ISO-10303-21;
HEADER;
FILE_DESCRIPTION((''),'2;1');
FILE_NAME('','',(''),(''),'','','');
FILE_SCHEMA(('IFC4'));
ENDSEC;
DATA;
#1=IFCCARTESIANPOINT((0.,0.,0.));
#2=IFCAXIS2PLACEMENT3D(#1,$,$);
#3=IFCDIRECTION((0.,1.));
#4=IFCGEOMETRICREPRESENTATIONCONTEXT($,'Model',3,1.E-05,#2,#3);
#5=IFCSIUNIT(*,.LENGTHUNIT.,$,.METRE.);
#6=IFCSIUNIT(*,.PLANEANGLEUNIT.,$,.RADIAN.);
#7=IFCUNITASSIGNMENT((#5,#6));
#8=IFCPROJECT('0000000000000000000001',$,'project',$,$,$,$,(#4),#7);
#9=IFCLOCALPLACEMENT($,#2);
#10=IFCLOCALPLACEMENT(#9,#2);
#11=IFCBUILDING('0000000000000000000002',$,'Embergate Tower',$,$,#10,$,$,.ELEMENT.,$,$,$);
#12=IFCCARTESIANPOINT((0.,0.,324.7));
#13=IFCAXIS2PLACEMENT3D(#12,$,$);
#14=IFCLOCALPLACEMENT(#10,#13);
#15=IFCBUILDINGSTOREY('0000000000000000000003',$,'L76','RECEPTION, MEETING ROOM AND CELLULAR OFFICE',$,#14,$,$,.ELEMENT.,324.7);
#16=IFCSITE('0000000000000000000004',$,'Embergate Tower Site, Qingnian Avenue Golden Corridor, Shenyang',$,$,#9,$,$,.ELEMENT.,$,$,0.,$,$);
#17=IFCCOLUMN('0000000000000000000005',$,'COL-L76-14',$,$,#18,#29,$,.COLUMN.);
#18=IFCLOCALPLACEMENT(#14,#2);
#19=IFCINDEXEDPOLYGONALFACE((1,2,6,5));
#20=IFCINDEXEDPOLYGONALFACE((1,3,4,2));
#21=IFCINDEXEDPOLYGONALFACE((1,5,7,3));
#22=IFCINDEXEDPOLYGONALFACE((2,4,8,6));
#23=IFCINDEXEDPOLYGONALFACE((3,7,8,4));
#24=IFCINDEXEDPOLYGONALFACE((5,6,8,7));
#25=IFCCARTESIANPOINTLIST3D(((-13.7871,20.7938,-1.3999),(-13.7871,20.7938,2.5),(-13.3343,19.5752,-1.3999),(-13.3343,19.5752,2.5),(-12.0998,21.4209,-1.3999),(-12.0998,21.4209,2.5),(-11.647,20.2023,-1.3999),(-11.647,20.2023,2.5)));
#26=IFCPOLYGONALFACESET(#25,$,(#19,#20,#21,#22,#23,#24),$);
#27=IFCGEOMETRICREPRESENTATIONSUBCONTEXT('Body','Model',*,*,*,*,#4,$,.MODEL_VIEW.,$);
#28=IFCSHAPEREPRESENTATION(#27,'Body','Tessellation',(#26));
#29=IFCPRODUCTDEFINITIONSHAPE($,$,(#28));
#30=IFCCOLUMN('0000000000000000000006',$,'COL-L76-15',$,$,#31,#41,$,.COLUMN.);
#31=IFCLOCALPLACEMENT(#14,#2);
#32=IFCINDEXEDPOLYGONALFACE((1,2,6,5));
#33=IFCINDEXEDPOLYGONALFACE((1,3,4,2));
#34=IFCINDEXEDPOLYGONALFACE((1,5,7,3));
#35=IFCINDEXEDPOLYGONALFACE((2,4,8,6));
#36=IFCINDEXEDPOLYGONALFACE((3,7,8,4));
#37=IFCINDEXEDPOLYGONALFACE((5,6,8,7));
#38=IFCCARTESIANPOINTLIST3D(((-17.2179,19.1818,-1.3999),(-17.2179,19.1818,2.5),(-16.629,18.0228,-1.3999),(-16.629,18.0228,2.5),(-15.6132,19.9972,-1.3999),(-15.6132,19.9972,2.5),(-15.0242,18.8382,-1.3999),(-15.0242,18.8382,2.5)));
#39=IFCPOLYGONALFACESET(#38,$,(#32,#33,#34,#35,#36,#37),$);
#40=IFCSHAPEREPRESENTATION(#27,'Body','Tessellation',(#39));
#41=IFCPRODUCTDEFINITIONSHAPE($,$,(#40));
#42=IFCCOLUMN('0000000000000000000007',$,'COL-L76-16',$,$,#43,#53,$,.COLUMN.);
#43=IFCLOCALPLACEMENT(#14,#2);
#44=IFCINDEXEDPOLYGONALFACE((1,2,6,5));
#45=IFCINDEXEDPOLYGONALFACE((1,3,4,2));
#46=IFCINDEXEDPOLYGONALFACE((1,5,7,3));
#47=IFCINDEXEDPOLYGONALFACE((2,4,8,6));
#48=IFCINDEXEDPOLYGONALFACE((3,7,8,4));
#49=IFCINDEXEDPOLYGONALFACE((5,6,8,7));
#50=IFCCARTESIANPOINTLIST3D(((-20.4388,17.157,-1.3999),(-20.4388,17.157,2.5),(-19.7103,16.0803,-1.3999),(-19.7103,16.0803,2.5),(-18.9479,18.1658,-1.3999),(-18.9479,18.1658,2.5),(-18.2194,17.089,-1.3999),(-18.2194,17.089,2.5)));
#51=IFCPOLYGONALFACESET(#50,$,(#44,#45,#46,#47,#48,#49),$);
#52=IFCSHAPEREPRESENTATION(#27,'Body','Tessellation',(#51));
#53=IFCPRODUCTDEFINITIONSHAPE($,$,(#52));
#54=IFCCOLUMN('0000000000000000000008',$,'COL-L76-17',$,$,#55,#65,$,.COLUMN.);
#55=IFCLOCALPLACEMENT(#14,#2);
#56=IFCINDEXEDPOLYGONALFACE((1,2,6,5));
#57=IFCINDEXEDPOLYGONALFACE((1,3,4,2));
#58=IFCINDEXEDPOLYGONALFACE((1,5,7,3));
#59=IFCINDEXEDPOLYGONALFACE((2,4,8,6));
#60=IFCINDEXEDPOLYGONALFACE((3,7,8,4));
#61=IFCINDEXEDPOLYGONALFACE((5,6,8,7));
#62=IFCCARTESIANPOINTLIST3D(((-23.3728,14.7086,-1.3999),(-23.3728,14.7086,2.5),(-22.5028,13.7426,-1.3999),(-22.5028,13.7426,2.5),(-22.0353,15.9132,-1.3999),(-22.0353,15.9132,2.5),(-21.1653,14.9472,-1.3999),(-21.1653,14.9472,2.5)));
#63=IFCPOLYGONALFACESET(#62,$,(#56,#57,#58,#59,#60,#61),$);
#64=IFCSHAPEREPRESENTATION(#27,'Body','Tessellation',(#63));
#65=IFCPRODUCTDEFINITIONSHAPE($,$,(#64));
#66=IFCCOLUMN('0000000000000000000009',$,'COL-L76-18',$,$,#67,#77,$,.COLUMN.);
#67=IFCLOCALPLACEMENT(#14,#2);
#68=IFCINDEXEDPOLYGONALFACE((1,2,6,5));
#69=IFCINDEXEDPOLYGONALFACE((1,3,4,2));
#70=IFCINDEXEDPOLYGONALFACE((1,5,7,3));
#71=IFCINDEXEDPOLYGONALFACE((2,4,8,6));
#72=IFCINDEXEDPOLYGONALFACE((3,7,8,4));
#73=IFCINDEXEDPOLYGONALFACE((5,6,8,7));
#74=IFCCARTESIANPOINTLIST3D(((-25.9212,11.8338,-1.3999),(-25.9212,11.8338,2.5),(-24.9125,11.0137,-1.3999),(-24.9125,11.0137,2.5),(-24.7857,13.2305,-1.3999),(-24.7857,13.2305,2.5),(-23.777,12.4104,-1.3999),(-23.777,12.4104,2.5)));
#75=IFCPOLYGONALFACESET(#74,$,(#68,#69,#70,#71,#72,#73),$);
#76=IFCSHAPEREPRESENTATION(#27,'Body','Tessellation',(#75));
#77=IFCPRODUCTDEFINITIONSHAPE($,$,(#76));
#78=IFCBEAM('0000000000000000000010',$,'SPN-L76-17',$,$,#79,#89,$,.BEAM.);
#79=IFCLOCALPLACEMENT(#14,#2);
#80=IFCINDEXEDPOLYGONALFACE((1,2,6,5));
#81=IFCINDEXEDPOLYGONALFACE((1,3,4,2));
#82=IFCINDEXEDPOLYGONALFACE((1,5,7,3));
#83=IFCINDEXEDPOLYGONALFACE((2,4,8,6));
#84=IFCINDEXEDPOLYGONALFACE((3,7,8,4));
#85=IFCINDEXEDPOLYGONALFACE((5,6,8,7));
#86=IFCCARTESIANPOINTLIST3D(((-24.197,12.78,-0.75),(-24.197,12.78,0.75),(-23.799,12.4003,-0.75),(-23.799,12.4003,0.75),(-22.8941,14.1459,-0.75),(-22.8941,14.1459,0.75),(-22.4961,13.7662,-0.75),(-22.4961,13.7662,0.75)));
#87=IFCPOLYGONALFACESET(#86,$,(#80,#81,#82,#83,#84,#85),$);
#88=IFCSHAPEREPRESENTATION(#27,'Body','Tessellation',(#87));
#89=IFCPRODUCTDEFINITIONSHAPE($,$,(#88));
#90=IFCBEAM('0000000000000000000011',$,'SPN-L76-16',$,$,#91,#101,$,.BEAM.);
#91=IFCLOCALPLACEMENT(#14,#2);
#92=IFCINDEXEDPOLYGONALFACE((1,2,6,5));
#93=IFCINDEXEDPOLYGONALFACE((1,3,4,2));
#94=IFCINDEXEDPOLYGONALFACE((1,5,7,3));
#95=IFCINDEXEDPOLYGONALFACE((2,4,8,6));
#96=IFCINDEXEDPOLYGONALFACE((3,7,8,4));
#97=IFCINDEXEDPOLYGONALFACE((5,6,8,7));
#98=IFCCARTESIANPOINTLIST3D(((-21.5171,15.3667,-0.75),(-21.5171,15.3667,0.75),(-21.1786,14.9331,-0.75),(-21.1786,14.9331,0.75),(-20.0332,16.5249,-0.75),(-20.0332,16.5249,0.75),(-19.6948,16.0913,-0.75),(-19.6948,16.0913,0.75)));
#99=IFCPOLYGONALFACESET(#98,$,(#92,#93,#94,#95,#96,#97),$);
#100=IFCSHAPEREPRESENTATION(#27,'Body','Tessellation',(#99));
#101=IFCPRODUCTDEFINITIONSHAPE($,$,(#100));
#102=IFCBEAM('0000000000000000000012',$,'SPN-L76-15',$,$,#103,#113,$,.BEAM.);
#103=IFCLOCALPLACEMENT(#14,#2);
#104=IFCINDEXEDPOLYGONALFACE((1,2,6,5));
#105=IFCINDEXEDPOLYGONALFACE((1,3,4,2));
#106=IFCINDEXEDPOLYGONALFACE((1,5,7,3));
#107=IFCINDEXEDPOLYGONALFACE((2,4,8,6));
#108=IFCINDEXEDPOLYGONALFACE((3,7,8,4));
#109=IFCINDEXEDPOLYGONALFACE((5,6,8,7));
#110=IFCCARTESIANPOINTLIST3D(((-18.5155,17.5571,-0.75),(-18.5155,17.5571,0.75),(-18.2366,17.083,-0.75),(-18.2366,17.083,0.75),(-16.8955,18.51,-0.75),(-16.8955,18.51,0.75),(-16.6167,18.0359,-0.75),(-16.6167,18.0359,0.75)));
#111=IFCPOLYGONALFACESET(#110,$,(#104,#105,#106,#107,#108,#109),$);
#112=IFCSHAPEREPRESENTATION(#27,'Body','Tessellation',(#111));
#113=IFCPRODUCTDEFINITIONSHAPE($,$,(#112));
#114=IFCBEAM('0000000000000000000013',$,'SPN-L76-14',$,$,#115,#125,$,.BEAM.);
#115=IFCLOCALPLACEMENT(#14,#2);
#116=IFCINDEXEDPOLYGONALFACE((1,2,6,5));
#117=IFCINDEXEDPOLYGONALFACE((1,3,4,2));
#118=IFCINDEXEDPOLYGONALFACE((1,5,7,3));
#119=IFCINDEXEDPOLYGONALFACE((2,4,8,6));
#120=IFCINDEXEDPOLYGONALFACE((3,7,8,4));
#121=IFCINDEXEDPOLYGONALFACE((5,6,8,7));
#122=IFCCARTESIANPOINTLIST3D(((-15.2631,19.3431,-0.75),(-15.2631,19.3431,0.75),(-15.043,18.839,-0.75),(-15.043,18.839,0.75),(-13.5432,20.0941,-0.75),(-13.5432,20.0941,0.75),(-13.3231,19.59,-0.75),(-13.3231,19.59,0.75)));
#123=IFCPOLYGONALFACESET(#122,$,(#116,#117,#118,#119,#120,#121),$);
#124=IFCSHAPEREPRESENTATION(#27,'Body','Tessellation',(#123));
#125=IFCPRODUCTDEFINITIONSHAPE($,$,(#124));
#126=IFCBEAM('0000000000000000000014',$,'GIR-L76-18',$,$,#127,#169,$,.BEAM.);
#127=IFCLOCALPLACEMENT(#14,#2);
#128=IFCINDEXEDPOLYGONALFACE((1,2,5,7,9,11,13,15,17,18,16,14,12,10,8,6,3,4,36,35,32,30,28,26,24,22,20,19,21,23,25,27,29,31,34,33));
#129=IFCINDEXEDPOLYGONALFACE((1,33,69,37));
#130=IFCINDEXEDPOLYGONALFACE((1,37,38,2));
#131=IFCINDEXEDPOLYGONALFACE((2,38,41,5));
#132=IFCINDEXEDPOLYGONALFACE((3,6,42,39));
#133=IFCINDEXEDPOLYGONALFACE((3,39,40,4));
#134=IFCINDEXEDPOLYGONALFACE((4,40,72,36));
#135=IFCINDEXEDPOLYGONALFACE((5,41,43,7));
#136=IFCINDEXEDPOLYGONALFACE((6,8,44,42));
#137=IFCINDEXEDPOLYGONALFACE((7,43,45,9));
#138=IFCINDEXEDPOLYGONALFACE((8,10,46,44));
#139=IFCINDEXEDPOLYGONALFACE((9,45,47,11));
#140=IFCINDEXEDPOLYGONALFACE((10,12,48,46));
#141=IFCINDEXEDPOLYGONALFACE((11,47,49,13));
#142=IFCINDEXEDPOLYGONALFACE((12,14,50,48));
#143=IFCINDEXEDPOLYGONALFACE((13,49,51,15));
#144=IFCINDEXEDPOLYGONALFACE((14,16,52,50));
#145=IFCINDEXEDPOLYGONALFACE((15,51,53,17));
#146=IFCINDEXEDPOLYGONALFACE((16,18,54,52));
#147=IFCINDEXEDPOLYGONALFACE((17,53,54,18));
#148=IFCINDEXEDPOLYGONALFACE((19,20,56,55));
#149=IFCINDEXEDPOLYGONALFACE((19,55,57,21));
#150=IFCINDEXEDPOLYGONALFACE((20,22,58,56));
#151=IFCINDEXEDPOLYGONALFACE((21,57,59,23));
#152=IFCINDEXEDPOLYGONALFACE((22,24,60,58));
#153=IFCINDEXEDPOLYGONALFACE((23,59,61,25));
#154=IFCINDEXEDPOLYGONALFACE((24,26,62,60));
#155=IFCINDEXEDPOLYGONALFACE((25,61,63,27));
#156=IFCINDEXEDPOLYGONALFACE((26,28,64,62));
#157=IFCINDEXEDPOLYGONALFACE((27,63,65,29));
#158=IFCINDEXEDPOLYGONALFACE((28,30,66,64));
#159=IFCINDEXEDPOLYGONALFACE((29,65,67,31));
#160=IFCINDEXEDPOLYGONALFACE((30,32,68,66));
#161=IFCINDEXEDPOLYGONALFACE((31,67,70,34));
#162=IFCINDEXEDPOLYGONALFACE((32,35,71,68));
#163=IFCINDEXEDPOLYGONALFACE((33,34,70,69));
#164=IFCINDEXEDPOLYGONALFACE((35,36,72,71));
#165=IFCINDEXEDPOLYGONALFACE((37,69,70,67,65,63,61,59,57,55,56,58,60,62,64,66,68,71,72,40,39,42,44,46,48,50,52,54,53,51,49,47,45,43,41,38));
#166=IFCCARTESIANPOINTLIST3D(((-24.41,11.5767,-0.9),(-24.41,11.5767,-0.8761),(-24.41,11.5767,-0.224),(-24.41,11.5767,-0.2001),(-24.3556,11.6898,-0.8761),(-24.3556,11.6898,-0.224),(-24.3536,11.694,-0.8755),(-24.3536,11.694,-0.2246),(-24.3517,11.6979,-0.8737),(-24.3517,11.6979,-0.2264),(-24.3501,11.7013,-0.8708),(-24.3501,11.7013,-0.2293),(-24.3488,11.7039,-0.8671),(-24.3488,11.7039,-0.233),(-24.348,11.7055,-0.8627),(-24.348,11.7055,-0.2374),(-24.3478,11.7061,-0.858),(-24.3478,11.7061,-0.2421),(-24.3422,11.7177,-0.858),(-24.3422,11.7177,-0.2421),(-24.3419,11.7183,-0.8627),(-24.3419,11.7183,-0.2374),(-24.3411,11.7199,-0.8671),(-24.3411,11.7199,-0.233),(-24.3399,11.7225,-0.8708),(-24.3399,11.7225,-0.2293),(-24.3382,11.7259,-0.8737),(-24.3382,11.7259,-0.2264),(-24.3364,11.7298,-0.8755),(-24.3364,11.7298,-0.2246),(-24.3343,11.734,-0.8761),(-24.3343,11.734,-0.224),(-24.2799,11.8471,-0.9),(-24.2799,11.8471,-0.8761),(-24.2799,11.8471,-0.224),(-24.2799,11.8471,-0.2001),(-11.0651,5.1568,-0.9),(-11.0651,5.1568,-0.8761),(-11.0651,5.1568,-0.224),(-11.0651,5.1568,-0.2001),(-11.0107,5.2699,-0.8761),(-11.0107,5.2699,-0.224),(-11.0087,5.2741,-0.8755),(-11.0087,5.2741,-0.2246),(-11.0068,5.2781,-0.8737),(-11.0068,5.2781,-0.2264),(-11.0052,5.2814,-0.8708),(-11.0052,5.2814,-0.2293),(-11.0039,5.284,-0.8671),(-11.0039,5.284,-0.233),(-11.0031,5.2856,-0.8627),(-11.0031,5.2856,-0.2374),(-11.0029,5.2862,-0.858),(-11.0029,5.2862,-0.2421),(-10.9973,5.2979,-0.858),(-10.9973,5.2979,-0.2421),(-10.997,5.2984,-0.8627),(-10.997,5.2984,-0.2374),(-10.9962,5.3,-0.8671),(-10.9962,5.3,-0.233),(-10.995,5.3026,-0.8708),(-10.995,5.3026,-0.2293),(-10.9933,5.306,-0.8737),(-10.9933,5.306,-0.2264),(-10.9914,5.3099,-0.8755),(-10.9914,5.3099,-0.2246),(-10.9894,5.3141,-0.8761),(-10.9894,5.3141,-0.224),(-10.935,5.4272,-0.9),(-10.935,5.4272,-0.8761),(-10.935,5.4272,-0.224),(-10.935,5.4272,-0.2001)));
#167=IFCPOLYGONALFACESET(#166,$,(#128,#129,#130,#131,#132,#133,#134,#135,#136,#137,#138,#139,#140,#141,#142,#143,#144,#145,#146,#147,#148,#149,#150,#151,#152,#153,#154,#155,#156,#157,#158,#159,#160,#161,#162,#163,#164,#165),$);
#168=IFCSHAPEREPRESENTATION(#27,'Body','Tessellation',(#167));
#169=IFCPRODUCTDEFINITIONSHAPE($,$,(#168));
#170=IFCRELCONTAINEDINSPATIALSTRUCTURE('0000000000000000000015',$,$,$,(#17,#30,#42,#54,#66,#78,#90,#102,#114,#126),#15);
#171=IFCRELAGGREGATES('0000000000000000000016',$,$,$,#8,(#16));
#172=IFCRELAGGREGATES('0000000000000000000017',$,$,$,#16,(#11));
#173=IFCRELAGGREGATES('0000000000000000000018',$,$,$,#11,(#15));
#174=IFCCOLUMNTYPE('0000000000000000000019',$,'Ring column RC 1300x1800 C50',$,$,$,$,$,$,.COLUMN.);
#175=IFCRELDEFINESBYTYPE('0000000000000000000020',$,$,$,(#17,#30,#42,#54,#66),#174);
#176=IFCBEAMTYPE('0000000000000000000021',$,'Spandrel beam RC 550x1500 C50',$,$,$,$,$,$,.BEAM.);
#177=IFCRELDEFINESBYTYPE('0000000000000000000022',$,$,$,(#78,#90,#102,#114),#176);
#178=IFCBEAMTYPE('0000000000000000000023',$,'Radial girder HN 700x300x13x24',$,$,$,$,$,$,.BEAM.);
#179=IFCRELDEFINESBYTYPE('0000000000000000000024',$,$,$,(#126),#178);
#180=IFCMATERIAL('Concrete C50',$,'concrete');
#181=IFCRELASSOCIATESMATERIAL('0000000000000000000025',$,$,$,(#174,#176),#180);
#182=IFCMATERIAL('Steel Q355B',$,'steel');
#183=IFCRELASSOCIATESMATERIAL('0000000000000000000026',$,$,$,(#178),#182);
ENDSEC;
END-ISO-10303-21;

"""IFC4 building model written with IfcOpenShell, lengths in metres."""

from ifc_helpers import new_model, si_unit, direction, frame, origin, origin_2d, place, context, subcontext, project, spatial, rectangle, i_section, extrude, source, transform, mapped, material, material_profile, profile_set, type_object, element, save


model = new_model("IFC4")

# Units and contexts
model_context = context("Model", 3, precision=1e-05, world=origin(), true_north=direction((0.0, 1.0)))
body_context = subcontext(model_context, "Body", "Model", "MODEL_VIEW")
ifc_project = project(units=[si_unit("LENGTHUNIT", "METRE"), si_unit("PLANEANGLEUNIT", "RADIAN")], contexts=[model_context])

# Site, building, storey
site_placement = place(None, origin())
site = spatial("IfcSite", under=ifc_project, at=site_placement, Name="Embergate Tower Site, Qingnian Avenue Golden Corridor, Shenyang", CompositionType="ELEMENT", RefElevation=0.0)
building_placement = place(site_placement, origin())
building = spatial("IfcBuilding", under=site, at=building_placement, Name="Embergate Tower", CompositionType="ELEMENT")
storey_placement = place(building_placement, frame((0.0, 0.0, 324.7)))
storey = spatial("IfcBuildingStorey", under=building, at=storey_placement, Name="L76", Description="RECEPTION, MEETING ROOM AND CELLULAR OFFICE", CompositionType="ELEMENT", Elevation=324.7)

# Columns
ifc_material_1 = material(Name="Concrete C50", Category="concrete")
ifc_material_profile_1 = material_profile(ifc_material_1, rectangle(XDim=1.3, YDim=1.8, at=origin_2d()), Name="RC 1300x1800")
ifc_profile_set_1 = profile_set([ifc_material_profile_1], Name="Concrete C50")
column_type = type_object("IfcColumnType", Name="Ring column RC 1300x1800 C50", PredefinedType="COLUMN", material=ifc_profile_set_1)
shared_shape_1 = source(origin(), body_context, "Body", "SweptSolid", [
    extrude(rectangle(XDim=1.3, YDim=1.8, at=origin_2d()), origin(), (0.0, 0.0, 1.0), 3.8999),
])
for number, where, z_axis, x_axis, name in (
    (1, (-12.717, 20.498, -1.3999), (0.0, 0.0, 1.0), (-0.348343, 0.937367, 0.0), "COL-L76-14"),
    (2, (-16.1211, 19.01, -1.3999), (0.0, 0.0, 1.0), (-0.453011, 0.891505, 0.0), "COL-L76-15"),
    (3, (-19.3291, 17.123, -1.3999), (0.0, 0.0, 1.0), (-0.560393, 0.828227, 0.0), "COL-L76-16"),
    (4, (-22.269, 14.8279, -1.3999), (0.0, 0.0, 1.0), (-0.669221, 0.743063, 0.0), "COL-L76-17"),
    (5, (-24.8491, 12.1221, -1.3999), (0.0, 0.0, 1.0), (-0.775925, 0.630825, 0.0), "COL-L76-18"),
):
    element("IfcColumn", number, at=place(storey_placement, frame(where, z_axis=z_axis, x_axis=x_axis)), inside=storey, type_object=column_type, Name=name, PredefinedType="COLUMN", context=body_context, shape_type="MappedRepresentation", body=[
        mapped(shared_shape_1, transform((0.0, 0.0, 0.0))),
    ])

# Beams
ifc_material_profile_2 = material_profile(ifc_material_1, rectangle(XDim=0.55, YDim=1.5, at=origin_2d()), Name="RC 550x1500")
ifc_profile_set_2 = profile_set([ifc_material_profile_2], Name="Concrete C50")
beam_type_1 = type_object("IfcBeamType", Name="Spandrel beam RC 550x1500 C50", PredefinedType="BEAM", material=ifc_profile_set_2)
shared_shape_2 = source(origin(), body_context, "Body", "SweptSolid", [
    extrude(rectangle(XDim=0.55, YDim=1.5, at=origin_2d()), origin(), (0.0, 0.0, 1.0), 1.8877),
])
beam_1_placement = place(storey_placement, frame((-22.6951, 13.9561, 0.0), z_axis=(-0.690227, -0.723593, 0.0), x_axis=(0.723593, -0.690227, 0.0)))
element("IfcBeam", 6, at=beam_1_placement, inside=storey, type_object=beam_type_1, Name="SPN-L76-17", PredefinedType="BEAM", context=body_context, shape_type="MappedRepresentation", body=[
    mapped(shared_shape_2, transform((0.0, 0.0, 0.0))),
])
shared_shape_3 = source(origin(), body_context, "Body", "SweptSolid", [
    extrude(rectangle(XDim=0.55, YDim=1.5, at=origin_2d()), origin(), (0.0, 0.0, 1.0), 1.8823),
])
beam_2_placement = place(storey_placement, frame((-19.864, 16.3081, 0.0), z_axis=(-0.788304, -0.615287, 0.0), x_axis=(0.615287, -0.788304, 0.0)))
element("IfcBeam", 7, at=beam_2_placement, inside=storey, type_object=beam_type_1, Name="SPN-L76-16", PredefinedType="BEAM", context=body_context, shape_type="MappedRepresentation", body=[
    mapped(shared_shape_3, transform((0.0, 0.0, 0.0))),
])
shared_shape_4 = source(origin(), body_context, "Body", "SweptSolid", [
    extrude(rectangle(XDim=0.55, YDim=1.5, at=origin_2d()), origin(), (0.0, 0.0, 1.0), 1.8794),
])
beam_3_placement = place(storey_placement, frame((-16.7561, 18.2729, 0.0), z_axis=(-0.861931, -0.507026, 0.0), x_axis=(0.507026, -0.861931, 0.0)))
element("IfcBeam", 8, at=beam_3_placement, inside=storey, type_object=beam_type_1, Name="SPN-L76-15", PredefinedType="BEAM", context=body_context, shape_type="MappedRepresentation", body=[
    mapped(shared_shape_4, transform((0.0, 0.0, 0.0))),
])
shared_shape_5 = source(origin(), body_context, "Body", "SweptSolid", [
    extrude(rectangle(XDim=0.55, YDim=1.5, at=origin_2d()), origin(), (0.0, 0.0, 1.0), 1.8767),
])
beam_4_placement = place(storey_placement, frame((-13.4331, 19.842, 0.0), z_axis=(-0.916453, -0.400143, 0.0), x_axis=(0.400143, -0.916453, 0.0)))
element("IfcBeam", 9, at=beam_4_placement, inside=storey, type_object=beam_type_1, Name="SPN-L76-14", PredefinedType="BEAM", context=body_context, shape_type="MappedRepresentation", body=[
    mapped(shared_shape_5, transform((0.0, 0.0, 0.0))),
])
ifc_material_2 = material(Name="Steel Q355B", Category="steel")
ifc_material_profile_3 = material_profile(ifc_material_2, i_section(OverallWidth=0.3, OverallDepth=0.7, WebThickness=0.0129, FlangeThickness=0.0239, FilletRadius=0.0181, at=origin_2d()), Name="HN 700x300x13x24")
ifc_profile_set_3 = profile_set([ifc_material_profile_3], Name="Steel Q355 grade B")
beam_type_2 = type_object("IfcBeamType", Name="Radial girder HN 700x300x13x24", PredefinedType="BEAM", material=ifc_profile_set_3)
shared_shape_6 = source(origin(), body_context, "Body", "SweptSolid", [
    extrude(i_section(OverallWidth=0.3, OverallDepth=0.7, WebThickness=0.0129, FlangeThickness=0.0239, FilletRadius=0.0181, at=origin_2d()), origin(), (0.0, 0.0, 1.0), 14.8088),
])
beam_5_placement = place(storey_placement, frame((-24.345, 11.7119, -0.55), z_axis=(0.901145, -0.433518, 0.0), x_axis=(0.433518, 0.901145, 0.0)))
element("IfcBeam", 10, at=beam_5_placement, inside=storey, type_object=beam_type_2, Name="GIR-L76-18", PredefinedType="BEAM", context=body_context, shape_type="MappedRepresentation", body=[
    mapped(shared_shape_6, transform((0.0, 0.0, 0.0))),
])

save(model, "model.ifc")
